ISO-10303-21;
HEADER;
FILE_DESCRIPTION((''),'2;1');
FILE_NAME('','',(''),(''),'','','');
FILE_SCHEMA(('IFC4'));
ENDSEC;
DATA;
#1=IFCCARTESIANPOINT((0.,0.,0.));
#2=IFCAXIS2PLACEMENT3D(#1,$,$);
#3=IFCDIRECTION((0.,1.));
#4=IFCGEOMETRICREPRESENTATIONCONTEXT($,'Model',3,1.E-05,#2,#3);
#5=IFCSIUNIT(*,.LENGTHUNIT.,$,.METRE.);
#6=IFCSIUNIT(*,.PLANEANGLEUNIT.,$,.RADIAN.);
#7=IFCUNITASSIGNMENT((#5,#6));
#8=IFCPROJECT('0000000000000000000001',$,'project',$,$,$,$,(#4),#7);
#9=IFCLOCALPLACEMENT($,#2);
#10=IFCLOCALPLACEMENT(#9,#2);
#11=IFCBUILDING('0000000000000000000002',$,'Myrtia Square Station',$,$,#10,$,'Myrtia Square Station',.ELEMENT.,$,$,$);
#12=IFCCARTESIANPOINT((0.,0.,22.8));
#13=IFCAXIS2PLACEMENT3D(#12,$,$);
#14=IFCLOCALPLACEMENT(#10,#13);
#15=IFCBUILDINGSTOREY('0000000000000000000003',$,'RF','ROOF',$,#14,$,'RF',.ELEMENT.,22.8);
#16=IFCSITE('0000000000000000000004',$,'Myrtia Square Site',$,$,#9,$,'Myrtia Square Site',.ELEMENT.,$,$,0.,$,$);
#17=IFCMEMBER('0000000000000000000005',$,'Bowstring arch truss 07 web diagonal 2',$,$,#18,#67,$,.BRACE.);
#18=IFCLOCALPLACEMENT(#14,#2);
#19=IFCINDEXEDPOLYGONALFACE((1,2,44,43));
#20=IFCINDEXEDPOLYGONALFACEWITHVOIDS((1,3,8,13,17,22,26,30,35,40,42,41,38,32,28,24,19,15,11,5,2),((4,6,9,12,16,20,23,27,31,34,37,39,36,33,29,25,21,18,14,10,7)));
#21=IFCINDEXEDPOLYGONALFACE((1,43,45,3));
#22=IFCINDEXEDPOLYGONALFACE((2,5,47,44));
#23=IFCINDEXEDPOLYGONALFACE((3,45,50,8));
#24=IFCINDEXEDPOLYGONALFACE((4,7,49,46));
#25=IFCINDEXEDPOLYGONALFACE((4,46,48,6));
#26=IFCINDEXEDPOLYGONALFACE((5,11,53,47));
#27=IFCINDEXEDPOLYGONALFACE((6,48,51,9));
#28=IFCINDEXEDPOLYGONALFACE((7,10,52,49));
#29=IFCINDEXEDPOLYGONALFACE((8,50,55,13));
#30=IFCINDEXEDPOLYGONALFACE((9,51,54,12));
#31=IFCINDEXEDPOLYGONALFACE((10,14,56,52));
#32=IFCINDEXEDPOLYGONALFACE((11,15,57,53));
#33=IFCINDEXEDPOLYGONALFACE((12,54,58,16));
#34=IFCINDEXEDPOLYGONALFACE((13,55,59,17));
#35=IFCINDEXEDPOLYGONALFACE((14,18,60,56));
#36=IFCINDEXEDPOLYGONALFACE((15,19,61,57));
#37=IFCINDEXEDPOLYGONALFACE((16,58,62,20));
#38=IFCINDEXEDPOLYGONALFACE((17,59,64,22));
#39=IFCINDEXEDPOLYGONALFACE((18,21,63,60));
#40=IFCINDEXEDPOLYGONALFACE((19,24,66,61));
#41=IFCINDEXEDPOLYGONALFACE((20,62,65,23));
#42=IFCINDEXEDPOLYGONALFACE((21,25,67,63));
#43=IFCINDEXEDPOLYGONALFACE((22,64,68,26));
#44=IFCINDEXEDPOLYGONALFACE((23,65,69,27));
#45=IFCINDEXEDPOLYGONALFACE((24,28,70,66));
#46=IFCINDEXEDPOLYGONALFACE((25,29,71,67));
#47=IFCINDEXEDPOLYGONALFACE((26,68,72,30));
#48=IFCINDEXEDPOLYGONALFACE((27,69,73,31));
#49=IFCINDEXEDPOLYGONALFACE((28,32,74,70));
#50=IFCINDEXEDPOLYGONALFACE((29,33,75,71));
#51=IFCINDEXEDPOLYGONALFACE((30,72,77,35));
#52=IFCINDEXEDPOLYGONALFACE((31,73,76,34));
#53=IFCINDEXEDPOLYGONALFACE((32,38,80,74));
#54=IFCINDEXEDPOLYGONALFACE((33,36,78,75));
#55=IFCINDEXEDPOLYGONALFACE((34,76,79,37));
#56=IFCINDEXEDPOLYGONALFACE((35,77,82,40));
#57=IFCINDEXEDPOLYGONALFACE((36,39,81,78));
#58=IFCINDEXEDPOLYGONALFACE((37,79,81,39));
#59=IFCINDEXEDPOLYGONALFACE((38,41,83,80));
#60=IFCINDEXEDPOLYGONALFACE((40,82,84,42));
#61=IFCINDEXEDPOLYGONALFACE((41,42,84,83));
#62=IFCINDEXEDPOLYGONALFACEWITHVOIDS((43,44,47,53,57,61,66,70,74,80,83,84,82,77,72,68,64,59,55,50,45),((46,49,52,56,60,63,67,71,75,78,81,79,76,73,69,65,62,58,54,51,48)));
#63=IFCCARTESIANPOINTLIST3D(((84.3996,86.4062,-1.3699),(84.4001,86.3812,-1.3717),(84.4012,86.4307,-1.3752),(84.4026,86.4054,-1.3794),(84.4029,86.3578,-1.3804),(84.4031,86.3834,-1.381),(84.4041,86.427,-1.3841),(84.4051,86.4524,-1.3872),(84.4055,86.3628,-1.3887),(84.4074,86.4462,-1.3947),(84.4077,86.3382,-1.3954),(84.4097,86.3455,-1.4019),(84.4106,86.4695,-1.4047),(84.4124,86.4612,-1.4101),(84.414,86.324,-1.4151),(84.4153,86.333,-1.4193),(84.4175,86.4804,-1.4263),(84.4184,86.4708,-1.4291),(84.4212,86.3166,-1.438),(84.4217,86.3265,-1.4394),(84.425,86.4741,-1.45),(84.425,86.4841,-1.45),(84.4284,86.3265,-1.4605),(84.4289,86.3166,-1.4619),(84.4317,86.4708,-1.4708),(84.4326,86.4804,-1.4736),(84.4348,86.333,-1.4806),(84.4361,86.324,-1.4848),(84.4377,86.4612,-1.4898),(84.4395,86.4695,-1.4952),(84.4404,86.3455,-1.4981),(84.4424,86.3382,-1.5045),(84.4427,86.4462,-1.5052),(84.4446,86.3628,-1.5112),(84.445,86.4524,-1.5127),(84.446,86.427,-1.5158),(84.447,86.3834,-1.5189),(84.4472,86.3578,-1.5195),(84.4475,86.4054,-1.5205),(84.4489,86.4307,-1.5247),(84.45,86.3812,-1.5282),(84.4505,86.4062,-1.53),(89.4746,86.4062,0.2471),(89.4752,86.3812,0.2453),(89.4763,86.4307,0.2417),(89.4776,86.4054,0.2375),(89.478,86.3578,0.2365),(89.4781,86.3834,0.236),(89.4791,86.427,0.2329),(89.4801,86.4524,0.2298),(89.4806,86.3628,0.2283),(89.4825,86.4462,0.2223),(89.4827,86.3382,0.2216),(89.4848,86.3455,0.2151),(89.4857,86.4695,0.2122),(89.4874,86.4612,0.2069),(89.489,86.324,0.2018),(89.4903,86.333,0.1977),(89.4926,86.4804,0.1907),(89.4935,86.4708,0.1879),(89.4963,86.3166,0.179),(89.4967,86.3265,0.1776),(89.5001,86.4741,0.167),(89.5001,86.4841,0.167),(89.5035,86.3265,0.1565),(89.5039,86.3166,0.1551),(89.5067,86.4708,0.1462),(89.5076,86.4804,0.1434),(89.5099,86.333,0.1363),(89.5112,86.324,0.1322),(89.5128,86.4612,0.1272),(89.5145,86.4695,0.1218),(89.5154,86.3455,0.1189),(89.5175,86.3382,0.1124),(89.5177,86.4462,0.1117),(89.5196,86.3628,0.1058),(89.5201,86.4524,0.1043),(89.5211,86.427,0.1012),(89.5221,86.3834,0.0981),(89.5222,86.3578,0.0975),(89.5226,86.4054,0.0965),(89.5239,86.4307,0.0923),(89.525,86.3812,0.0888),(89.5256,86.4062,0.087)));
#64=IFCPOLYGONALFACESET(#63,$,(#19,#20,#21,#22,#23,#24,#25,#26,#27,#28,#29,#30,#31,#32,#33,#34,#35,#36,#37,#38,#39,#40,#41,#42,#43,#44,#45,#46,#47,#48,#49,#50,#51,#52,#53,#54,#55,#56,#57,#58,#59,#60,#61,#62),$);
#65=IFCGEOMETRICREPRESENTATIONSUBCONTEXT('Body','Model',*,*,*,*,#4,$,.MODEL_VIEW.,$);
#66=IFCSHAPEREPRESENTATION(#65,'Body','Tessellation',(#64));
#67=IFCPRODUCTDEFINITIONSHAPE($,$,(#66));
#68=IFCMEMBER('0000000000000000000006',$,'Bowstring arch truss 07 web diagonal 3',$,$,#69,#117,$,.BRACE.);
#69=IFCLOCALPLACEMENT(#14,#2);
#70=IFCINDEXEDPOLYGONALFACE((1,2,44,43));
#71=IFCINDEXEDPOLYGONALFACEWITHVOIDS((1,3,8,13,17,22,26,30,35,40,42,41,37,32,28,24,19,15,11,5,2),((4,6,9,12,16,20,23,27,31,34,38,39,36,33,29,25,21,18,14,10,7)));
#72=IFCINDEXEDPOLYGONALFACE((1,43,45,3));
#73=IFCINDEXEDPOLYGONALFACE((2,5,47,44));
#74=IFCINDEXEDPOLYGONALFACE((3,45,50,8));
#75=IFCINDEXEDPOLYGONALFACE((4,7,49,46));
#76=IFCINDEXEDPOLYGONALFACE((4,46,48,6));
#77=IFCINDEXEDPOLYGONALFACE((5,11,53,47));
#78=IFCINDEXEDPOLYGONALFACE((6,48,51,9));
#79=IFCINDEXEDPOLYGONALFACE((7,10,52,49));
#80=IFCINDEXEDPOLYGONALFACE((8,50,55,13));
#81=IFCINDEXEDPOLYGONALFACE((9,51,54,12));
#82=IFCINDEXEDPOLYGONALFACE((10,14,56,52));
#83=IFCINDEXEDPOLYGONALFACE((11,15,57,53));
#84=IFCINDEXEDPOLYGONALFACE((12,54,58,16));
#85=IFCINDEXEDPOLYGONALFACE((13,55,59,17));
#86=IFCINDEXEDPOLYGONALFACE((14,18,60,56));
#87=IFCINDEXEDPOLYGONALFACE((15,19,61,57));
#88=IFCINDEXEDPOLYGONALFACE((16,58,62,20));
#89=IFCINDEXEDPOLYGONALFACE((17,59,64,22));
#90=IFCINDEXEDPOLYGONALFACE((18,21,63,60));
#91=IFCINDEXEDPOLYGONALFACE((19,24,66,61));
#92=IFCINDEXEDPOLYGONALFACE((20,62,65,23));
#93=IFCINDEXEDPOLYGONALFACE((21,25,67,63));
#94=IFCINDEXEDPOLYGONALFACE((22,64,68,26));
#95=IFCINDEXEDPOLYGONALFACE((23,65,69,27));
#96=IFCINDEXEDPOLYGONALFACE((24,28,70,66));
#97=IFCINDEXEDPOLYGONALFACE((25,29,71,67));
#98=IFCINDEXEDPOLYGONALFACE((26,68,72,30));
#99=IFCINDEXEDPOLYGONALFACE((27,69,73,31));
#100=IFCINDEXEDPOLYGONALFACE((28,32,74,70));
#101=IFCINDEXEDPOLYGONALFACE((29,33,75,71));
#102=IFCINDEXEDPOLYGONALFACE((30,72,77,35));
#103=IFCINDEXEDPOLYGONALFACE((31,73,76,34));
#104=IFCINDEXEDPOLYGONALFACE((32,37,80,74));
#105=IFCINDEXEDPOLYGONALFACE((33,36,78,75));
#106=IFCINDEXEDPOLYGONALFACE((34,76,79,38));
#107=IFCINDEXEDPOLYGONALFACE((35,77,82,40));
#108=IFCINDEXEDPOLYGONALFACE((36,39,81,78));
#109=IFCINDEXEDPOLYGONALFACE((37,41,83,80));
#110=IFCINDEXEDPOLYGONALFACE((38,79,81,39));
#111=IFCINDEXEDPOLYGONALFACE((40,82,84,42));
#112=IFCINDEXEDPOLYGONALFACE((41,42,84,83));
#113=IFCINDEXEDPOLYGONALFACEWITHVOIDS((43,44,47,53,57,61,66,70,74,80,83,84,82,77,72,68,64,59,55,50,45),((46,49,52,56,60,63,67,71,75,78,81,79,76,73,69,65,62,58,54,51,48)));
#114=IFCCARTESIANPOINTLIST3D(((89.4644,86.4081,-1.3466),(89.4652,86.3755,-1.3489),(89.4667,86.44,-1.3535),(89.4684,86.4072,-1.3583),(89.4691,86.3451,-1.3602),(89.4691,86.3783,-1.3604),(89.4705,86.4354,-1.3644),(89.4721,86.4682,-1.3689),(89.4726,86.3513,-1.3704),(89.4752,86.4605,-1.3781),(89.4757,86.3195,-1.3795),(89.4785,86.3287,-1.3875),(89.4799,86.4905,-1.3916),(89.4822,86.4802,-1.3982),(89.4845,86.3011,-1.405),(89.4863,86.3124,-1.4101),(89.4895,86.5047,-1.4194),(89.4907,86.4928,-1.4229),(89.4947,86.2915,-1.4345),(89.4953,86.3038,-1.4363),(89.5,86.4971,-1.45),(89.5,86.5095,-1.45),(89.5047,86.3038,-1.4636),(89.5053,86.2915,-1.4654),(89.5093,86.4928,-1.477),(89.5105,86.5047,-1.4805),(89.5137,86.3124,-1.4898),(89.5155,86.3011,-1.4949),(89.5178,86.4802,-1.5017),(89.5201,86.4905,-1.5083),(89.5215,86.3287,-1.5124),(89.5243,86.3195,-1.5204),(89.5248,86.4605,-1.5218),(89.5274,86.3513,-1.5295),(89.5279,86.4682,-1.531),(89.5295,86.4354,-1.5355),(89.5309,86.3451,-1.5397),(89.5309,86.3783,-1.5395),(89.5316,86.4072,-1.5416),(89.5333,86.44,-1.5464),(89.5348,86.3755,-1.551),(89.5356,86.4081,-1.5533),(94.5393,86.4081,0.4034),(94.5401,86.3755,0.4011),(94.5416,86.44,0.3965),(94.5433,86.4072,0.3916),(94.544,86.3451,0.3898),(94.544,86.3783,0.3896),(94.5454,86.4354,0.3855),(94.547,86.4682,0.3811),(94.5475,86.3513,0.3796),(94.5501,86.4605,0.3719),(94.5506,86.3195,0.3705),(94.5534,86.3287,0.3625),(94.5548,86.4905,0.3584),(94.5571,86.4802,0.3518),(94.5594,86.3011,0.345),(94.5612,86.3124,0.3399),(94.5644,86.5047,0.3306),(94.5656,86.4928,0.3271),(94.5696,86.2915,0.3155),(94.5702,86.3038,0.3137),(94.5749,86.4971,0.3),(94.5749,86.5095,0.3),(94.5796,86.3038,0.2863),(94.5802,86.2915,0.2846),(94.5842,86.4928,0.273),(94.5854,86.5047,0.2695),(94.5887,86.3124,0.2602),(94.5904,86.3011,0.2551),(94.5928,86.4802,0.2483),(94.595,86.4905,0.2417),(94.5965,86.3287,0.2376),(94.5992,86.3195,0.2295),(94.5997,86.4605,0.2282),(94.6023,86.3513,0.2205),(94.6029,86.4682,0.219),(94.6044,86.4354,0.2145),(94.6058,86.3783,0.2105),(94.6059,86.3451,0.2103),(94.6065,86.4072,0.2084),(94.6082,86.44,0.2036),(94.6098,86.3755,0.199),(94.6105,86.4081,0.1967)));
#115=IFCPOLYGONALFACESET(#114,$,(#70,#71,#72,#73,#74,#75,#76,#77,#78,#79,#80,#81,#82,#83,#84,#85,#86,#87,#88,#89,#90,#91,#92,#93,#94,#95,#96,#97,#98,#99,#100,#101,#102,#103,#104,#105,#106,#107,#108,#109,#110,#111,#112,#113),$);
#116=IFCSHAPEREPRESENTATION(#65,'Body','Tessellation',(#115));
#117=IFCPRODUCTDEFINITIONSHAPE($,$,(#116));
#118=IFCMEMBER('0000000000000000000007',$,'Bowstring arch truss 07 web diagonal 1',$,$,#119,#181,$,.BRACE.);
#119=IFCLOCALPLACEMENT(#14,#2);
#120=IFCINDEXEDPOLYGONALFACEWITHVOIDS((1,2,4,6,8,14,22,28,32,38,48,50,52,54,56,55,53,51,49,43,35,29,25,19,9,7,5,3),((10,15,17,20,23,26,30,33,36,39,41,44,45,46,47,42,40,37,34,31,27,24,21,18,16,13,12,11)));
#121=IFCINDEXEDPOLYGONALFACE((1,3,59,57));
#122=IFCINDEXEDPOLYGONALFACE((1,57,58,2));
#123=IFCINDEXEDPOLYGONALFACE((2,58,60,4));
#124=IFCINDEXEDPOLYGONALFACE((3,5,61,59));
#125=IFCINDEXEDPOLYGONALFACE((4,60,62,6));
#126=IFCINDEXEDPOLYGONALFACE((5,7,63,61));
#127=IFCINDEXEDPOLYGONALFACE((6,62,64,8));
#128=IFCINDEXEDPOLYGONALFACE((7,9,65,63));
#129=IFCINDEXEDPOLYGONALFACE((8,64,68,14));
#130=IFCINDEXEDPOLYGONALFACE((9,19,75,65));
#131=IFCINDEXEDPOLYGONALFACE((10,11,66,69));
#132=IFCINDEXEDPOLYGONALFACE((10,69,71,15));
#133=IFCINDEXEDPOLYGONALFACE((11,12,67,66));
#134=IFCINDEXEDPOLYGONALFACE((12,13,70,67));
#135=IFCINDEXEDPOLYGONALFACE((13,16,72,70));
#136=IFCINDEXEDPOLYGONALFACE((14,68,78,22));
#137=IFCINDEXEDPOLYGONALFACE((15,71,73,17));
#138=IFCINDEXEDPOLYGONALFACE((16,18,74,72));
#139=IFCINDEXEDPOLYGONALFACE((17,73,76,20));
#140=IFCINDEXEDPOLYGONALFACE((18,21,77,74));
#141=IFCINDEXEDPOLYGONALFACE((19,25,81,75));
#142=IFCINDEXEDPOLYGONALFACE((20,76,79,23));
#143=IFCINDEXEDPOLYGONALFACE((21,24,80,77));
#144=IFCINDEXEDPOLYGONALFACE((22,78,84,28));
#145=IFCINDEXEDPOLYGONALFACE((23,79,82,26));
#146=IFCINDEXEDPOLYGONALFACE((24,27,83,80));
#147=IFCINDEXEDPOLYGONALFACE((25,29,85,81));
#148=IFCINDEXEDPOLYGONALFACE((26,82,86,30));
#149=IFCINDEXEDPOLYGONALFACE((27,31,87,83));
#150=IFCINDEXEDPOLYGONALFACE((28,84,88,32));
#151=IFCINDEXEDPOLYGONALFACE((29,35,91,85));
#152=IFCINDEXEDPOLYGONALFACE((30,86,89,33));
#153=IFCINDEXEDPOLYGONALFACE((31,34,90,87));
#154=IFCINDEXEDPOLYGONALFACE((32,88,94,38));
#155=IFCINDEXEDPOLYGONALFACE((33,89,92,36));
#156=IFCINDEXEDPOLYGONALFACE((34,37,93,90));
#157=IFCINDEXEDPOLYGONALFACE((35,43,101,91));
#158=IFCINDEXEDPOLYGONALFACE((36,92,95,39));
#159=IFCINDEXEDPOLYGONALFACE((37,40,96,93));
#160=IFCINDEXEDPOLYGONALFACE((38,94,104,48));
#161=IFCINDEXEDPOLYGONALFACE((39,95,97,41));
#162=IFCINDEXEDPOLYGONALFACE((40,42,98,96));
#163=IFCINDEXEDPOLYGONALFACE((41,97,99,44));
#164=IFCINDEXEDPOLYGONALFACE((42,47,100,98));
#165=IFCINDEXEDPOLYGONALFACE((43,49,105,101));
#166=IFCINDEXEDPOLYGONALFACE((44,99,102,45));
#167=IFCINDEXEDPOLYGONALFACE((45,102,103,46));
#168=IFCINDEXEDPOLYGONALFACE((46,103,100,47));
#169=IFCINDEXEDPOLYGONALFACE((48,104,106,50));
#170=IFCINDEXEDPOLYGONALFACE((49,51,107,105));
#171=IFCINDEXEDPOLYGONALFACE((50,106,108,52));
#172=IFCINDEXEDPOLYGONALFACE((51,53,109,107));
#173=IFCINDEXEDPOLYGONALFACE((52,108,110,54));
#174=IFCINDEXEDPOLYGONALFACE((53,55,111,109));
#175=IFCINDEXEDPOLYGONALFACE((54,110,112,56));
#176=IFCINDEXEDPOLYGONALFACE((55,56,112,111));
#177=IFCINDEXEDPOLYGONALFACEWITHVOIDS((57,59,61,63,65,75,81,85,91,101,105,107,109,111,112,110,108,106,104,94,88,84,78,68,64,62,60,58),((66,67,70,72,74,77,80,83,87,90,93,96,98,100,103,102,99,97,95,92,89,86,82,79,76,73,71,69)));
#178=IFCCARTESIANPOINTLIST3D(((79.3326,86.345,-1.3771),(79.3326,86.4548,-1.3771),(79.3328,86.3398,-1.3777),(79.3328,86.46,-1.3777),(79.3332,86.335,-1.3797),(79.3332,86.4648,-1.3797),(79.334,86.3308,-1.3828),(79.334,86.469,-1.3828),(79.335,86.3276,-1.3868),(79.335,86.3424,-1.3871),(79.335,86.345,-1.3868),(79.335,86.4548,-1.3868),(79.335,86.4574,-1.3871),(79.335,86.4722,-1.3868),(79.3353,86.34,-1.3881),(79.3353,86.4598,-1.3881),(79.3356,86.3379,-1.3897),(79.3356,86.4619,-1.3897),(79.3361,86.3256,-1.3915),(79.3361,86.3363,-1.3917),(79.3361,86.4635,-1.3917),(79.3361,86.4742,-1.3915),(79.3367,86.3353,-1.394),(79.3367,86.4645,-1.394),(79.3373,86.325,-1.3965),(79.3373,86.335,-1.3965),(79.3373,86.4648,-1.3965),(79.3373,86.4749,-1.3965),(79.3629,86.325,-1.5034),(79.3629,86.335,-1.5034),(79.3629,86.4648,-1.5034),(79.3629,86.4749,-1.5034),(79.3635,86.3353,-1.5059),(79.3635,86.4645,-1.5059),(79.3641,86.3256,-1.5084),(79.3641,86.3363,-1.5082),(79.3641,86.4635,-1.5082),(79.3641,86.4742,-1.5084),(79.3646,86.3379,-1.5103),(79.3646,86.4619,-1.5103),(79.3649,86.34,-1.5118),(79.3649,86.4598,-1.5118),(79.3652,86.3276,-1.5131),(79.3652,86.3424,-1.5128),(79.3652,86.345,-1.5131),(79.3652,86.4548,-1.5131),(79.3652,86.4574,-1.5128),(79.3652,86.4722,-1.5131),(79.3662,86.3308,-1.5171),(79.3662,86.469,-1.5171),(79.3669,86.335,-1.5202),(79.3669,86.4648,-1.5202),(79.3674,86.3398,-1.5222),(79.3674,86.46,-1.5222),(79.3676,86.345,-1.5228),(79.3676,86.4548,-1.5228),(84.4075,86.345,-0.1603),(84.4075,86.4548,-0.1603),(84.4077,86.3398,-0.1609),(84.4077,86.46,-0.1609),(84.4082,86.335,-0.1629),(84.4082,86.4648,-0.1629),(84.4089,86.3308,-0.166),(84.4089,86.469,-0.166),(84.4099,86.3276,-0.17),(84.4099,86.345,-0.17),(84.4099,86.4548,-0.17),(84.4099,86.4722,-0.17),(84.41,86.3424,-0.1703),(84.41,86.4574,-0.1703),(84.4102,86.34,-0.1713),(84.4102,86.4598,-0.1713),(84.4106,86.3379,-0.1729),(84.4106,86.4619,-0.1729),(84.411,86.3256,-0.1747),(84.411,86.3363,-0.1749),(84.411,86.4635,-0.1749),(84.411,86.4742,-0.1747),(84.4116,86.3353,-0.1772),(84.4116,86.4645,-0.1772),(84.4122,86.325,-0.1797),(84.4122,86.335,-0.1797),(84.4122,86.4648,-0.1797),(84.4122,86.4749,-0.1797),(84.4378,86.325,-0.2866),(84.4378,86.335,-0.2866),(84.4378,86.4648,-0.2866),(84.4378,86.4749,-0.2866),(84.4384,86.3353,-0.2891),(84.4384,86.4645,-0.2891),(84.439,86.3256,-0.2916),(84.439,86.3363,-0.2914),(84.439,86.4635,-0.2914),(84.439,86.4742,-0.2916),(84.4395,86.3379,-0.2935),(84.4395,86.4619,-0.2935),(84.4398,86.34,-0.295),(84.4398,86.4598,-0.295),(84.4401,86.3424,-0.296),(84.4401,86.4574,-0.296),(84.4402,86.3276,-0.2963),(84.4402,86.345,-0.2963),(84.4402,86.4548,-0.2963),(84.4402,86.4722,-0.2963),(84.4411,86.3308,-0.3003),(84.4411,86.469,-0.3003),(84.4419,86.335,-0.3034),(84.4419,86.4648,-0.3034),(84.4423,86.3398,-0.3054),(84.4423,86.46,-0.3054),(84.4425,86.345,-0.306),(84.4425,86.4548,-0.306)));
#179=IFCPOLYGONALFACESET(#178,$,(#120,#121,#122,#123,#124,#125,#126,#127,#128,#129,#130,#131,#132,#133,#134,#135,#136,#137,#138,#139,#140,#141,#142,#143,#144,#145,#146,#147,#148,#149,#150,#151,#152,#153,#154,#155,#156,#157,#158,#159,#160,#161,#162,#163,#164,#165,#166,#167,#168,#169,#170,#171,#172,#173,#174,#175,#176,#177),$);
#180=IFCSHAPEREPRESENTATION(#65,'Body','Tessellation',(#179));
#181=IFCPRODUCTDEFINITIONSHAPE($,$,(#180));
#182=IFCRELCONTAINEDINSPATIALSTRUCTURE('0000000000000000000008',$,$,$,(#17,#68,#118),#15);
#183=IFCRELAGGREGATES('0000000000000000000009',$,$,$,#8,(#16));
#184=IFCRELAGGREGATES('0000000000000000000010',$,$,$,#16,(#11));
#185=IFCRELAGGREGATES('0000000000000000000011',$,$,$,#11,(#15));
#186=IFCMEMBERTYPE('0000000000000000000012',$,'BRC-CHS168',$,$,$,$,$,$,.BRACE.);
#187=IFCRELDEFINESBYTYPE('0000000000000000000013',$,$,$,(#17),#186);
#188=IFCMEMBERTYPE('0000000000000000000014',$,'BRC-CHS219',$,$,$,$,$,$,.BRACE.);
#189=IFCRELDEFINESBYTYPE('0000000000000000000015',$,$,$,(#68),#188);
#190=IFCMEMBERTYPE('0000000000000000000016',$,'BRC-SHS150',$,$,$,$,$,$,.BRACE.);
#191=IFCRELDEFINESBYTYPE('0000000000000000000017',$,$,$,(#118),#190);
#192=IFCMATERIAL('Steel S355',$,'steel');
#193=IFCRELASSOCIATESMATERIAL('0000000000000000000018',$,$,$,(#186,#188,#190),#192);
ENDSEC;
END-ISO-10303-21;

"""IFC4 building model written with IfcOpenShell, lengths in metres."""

from ifc_helpers import new_model, si_unit, direction, frame, origin, origin_2d, place, context, subcontext, project, spatial, hollow_rectangle, hollow_circle, extrude, material, material_profile, profile_set, type_object, element, save


model = new_model("IFC4")

# Units and contexts
model_context = context("Model", 3, precision=1e-05, world=origin(), true_north=direction((0.0, 1.0)))
body_context = subcontext(model_context, "Body", "Model", "MODEL_VIEW")
ifc_project = project(units=[si_unit("LENGTHUNIT", "METRE"), si_unit("PLANEANGLEUNIT", "RADIAN")], contexts=[model_context])

# Site, building, storey
site_placement = place(None, origin())
site = spatial("IfcSite", under=ifc_project, at=site_placement, Name="Myrtia Square Site", LongName="Myrtia Square Site", CompositionType="ELEMENT", RefElevation=0.0)
building_placement = place(site_placement, origin())
building = spatial("IfcBuilding", under=site, at=building_placement, Name="Myrtia Square Station", LongName="Myrtia Square Station", CompositionType="ELEMENT")
storey_placement = place(building_placement, frame((0.0, 0.0, 22.8)))
storey = spatial("IfcBuildingStorey", under=building, at=storey_placement, Name="RF", Description="ROOF", LongName="RF", CompositionType="ELEMENT", Elevation=22.8)

# Members
ifc_material_1 = material(Name="Steel S355", Category="steel")
ifc_material_profile_1 = material_profile(ifc_material_1, hollow_circle(Radius=0.0842, WallThickness=0.01, at=origin_2d()), Name="CHS 168.3x10")
ifc_profile_set_1 = profile_set([ifc_material_profile_1], Name="Steel S355")
member_type_1 = type_object("IfcMemberType", Name="BRC-CHS168", PredefinedType="BRACE", material=ifc_profile_set_1)
member_1_placement = place(storey_placement, frame((84.425, 86.3999, -1.45), z_axis=(0.952807, 0.0, 0.303576), x_axis=(0.0, 1.0, 0.0)))
element("IfcMember", 1, at=member_1_placement, inside=storey, type_object=member_type_1, Name="Bowstring arch truss 07 web diagonal 2", PredefinedType="BRACE", context=body_context, shape_type="SweptSolid", body=[
    extrude(hollow_circle(Radius=0.0842, WallThickness=0.01, at=origin_2d()), origin(), (0.0, 0.0, 1.0), 5.3264),
])
ifc_material_profile_2 = material_profile(ifc_material_1, hollow_circle(Radius=0.1096, WallThickness=0.0125, at=origin_2d()), Name="CHS 219.1x12.5")
ifc_profile_set_2 = profile_set([ifc_material_profile_2], Name="Steel S355")
member_type_2 = type_object("IfcMemberType", Name="BRC-CHS219", PredefinedType="BRACE", material=ifc_profile_set_2)
member_2_placement = place(storey_placement, frame((89.5, 86.3999, -1.45), z_axis=(0.945372, 0.0, 0.325993), x_axis=(0.0, 1.0, 0.0)))
element("IfcMember", 2, at=member_2_placement, inside=storey, type_object=member_type_2, Name="Bowstring arch truss 07 web diagonal 3", PredefinedType="BRACE", context=body_context, shape_type="SweptSolid", body=[
    extrude(hollow_circle(Radius=0.1096, WallThickness=0.0125, at=origin_2d()), origin(), (0.0, 0.0, 1.0), 5.3682),
])
ifc_material_profile_3 = material_profile(ifc_material_1, hollow_rectangle(XDim=0.1499, YDim=0.1499, WallThickness=0.01, InnerFilletRadius=0.01, OuterFilletRadius=0.02, at=origin_2d()), Name="SHS 150x150x10")
ifc_profile_set_3 = profile_set([ifc_material_profile_3], Name="Steel S355")
member_type_3 = type_object("IfcMemberType", Name="BRC-SHS150", PredefinedType="BRACE", material=ifc_profile_set_3)
member_3_placement = place(storey_placement, frame((79.3501, 86.3999, -1.45), z_axis=(0.972439, 0.0, 0.233157), x_axis=(0.0, 1.0, 0.0)))
element("IfcMember", 3, at=member_3_placement, inside=storey, type_object=member_type_3, Name="Bowstring arch truss 07 web diagonal 1", PredefinedType="BRACE", context=body_context, shape_type="SweptSolid", body=[
    extrude(hollow_rectangle(XDim=0.1499, YDim=0.1499, WallThickness=0.01, InnerFilletRadius=0.01, OuterFilletRadius=0.02, at=origin_2d()), origin(), (0.0, 0.0, 1.0), 5.2188),
])

save(model, "model.ifc")
